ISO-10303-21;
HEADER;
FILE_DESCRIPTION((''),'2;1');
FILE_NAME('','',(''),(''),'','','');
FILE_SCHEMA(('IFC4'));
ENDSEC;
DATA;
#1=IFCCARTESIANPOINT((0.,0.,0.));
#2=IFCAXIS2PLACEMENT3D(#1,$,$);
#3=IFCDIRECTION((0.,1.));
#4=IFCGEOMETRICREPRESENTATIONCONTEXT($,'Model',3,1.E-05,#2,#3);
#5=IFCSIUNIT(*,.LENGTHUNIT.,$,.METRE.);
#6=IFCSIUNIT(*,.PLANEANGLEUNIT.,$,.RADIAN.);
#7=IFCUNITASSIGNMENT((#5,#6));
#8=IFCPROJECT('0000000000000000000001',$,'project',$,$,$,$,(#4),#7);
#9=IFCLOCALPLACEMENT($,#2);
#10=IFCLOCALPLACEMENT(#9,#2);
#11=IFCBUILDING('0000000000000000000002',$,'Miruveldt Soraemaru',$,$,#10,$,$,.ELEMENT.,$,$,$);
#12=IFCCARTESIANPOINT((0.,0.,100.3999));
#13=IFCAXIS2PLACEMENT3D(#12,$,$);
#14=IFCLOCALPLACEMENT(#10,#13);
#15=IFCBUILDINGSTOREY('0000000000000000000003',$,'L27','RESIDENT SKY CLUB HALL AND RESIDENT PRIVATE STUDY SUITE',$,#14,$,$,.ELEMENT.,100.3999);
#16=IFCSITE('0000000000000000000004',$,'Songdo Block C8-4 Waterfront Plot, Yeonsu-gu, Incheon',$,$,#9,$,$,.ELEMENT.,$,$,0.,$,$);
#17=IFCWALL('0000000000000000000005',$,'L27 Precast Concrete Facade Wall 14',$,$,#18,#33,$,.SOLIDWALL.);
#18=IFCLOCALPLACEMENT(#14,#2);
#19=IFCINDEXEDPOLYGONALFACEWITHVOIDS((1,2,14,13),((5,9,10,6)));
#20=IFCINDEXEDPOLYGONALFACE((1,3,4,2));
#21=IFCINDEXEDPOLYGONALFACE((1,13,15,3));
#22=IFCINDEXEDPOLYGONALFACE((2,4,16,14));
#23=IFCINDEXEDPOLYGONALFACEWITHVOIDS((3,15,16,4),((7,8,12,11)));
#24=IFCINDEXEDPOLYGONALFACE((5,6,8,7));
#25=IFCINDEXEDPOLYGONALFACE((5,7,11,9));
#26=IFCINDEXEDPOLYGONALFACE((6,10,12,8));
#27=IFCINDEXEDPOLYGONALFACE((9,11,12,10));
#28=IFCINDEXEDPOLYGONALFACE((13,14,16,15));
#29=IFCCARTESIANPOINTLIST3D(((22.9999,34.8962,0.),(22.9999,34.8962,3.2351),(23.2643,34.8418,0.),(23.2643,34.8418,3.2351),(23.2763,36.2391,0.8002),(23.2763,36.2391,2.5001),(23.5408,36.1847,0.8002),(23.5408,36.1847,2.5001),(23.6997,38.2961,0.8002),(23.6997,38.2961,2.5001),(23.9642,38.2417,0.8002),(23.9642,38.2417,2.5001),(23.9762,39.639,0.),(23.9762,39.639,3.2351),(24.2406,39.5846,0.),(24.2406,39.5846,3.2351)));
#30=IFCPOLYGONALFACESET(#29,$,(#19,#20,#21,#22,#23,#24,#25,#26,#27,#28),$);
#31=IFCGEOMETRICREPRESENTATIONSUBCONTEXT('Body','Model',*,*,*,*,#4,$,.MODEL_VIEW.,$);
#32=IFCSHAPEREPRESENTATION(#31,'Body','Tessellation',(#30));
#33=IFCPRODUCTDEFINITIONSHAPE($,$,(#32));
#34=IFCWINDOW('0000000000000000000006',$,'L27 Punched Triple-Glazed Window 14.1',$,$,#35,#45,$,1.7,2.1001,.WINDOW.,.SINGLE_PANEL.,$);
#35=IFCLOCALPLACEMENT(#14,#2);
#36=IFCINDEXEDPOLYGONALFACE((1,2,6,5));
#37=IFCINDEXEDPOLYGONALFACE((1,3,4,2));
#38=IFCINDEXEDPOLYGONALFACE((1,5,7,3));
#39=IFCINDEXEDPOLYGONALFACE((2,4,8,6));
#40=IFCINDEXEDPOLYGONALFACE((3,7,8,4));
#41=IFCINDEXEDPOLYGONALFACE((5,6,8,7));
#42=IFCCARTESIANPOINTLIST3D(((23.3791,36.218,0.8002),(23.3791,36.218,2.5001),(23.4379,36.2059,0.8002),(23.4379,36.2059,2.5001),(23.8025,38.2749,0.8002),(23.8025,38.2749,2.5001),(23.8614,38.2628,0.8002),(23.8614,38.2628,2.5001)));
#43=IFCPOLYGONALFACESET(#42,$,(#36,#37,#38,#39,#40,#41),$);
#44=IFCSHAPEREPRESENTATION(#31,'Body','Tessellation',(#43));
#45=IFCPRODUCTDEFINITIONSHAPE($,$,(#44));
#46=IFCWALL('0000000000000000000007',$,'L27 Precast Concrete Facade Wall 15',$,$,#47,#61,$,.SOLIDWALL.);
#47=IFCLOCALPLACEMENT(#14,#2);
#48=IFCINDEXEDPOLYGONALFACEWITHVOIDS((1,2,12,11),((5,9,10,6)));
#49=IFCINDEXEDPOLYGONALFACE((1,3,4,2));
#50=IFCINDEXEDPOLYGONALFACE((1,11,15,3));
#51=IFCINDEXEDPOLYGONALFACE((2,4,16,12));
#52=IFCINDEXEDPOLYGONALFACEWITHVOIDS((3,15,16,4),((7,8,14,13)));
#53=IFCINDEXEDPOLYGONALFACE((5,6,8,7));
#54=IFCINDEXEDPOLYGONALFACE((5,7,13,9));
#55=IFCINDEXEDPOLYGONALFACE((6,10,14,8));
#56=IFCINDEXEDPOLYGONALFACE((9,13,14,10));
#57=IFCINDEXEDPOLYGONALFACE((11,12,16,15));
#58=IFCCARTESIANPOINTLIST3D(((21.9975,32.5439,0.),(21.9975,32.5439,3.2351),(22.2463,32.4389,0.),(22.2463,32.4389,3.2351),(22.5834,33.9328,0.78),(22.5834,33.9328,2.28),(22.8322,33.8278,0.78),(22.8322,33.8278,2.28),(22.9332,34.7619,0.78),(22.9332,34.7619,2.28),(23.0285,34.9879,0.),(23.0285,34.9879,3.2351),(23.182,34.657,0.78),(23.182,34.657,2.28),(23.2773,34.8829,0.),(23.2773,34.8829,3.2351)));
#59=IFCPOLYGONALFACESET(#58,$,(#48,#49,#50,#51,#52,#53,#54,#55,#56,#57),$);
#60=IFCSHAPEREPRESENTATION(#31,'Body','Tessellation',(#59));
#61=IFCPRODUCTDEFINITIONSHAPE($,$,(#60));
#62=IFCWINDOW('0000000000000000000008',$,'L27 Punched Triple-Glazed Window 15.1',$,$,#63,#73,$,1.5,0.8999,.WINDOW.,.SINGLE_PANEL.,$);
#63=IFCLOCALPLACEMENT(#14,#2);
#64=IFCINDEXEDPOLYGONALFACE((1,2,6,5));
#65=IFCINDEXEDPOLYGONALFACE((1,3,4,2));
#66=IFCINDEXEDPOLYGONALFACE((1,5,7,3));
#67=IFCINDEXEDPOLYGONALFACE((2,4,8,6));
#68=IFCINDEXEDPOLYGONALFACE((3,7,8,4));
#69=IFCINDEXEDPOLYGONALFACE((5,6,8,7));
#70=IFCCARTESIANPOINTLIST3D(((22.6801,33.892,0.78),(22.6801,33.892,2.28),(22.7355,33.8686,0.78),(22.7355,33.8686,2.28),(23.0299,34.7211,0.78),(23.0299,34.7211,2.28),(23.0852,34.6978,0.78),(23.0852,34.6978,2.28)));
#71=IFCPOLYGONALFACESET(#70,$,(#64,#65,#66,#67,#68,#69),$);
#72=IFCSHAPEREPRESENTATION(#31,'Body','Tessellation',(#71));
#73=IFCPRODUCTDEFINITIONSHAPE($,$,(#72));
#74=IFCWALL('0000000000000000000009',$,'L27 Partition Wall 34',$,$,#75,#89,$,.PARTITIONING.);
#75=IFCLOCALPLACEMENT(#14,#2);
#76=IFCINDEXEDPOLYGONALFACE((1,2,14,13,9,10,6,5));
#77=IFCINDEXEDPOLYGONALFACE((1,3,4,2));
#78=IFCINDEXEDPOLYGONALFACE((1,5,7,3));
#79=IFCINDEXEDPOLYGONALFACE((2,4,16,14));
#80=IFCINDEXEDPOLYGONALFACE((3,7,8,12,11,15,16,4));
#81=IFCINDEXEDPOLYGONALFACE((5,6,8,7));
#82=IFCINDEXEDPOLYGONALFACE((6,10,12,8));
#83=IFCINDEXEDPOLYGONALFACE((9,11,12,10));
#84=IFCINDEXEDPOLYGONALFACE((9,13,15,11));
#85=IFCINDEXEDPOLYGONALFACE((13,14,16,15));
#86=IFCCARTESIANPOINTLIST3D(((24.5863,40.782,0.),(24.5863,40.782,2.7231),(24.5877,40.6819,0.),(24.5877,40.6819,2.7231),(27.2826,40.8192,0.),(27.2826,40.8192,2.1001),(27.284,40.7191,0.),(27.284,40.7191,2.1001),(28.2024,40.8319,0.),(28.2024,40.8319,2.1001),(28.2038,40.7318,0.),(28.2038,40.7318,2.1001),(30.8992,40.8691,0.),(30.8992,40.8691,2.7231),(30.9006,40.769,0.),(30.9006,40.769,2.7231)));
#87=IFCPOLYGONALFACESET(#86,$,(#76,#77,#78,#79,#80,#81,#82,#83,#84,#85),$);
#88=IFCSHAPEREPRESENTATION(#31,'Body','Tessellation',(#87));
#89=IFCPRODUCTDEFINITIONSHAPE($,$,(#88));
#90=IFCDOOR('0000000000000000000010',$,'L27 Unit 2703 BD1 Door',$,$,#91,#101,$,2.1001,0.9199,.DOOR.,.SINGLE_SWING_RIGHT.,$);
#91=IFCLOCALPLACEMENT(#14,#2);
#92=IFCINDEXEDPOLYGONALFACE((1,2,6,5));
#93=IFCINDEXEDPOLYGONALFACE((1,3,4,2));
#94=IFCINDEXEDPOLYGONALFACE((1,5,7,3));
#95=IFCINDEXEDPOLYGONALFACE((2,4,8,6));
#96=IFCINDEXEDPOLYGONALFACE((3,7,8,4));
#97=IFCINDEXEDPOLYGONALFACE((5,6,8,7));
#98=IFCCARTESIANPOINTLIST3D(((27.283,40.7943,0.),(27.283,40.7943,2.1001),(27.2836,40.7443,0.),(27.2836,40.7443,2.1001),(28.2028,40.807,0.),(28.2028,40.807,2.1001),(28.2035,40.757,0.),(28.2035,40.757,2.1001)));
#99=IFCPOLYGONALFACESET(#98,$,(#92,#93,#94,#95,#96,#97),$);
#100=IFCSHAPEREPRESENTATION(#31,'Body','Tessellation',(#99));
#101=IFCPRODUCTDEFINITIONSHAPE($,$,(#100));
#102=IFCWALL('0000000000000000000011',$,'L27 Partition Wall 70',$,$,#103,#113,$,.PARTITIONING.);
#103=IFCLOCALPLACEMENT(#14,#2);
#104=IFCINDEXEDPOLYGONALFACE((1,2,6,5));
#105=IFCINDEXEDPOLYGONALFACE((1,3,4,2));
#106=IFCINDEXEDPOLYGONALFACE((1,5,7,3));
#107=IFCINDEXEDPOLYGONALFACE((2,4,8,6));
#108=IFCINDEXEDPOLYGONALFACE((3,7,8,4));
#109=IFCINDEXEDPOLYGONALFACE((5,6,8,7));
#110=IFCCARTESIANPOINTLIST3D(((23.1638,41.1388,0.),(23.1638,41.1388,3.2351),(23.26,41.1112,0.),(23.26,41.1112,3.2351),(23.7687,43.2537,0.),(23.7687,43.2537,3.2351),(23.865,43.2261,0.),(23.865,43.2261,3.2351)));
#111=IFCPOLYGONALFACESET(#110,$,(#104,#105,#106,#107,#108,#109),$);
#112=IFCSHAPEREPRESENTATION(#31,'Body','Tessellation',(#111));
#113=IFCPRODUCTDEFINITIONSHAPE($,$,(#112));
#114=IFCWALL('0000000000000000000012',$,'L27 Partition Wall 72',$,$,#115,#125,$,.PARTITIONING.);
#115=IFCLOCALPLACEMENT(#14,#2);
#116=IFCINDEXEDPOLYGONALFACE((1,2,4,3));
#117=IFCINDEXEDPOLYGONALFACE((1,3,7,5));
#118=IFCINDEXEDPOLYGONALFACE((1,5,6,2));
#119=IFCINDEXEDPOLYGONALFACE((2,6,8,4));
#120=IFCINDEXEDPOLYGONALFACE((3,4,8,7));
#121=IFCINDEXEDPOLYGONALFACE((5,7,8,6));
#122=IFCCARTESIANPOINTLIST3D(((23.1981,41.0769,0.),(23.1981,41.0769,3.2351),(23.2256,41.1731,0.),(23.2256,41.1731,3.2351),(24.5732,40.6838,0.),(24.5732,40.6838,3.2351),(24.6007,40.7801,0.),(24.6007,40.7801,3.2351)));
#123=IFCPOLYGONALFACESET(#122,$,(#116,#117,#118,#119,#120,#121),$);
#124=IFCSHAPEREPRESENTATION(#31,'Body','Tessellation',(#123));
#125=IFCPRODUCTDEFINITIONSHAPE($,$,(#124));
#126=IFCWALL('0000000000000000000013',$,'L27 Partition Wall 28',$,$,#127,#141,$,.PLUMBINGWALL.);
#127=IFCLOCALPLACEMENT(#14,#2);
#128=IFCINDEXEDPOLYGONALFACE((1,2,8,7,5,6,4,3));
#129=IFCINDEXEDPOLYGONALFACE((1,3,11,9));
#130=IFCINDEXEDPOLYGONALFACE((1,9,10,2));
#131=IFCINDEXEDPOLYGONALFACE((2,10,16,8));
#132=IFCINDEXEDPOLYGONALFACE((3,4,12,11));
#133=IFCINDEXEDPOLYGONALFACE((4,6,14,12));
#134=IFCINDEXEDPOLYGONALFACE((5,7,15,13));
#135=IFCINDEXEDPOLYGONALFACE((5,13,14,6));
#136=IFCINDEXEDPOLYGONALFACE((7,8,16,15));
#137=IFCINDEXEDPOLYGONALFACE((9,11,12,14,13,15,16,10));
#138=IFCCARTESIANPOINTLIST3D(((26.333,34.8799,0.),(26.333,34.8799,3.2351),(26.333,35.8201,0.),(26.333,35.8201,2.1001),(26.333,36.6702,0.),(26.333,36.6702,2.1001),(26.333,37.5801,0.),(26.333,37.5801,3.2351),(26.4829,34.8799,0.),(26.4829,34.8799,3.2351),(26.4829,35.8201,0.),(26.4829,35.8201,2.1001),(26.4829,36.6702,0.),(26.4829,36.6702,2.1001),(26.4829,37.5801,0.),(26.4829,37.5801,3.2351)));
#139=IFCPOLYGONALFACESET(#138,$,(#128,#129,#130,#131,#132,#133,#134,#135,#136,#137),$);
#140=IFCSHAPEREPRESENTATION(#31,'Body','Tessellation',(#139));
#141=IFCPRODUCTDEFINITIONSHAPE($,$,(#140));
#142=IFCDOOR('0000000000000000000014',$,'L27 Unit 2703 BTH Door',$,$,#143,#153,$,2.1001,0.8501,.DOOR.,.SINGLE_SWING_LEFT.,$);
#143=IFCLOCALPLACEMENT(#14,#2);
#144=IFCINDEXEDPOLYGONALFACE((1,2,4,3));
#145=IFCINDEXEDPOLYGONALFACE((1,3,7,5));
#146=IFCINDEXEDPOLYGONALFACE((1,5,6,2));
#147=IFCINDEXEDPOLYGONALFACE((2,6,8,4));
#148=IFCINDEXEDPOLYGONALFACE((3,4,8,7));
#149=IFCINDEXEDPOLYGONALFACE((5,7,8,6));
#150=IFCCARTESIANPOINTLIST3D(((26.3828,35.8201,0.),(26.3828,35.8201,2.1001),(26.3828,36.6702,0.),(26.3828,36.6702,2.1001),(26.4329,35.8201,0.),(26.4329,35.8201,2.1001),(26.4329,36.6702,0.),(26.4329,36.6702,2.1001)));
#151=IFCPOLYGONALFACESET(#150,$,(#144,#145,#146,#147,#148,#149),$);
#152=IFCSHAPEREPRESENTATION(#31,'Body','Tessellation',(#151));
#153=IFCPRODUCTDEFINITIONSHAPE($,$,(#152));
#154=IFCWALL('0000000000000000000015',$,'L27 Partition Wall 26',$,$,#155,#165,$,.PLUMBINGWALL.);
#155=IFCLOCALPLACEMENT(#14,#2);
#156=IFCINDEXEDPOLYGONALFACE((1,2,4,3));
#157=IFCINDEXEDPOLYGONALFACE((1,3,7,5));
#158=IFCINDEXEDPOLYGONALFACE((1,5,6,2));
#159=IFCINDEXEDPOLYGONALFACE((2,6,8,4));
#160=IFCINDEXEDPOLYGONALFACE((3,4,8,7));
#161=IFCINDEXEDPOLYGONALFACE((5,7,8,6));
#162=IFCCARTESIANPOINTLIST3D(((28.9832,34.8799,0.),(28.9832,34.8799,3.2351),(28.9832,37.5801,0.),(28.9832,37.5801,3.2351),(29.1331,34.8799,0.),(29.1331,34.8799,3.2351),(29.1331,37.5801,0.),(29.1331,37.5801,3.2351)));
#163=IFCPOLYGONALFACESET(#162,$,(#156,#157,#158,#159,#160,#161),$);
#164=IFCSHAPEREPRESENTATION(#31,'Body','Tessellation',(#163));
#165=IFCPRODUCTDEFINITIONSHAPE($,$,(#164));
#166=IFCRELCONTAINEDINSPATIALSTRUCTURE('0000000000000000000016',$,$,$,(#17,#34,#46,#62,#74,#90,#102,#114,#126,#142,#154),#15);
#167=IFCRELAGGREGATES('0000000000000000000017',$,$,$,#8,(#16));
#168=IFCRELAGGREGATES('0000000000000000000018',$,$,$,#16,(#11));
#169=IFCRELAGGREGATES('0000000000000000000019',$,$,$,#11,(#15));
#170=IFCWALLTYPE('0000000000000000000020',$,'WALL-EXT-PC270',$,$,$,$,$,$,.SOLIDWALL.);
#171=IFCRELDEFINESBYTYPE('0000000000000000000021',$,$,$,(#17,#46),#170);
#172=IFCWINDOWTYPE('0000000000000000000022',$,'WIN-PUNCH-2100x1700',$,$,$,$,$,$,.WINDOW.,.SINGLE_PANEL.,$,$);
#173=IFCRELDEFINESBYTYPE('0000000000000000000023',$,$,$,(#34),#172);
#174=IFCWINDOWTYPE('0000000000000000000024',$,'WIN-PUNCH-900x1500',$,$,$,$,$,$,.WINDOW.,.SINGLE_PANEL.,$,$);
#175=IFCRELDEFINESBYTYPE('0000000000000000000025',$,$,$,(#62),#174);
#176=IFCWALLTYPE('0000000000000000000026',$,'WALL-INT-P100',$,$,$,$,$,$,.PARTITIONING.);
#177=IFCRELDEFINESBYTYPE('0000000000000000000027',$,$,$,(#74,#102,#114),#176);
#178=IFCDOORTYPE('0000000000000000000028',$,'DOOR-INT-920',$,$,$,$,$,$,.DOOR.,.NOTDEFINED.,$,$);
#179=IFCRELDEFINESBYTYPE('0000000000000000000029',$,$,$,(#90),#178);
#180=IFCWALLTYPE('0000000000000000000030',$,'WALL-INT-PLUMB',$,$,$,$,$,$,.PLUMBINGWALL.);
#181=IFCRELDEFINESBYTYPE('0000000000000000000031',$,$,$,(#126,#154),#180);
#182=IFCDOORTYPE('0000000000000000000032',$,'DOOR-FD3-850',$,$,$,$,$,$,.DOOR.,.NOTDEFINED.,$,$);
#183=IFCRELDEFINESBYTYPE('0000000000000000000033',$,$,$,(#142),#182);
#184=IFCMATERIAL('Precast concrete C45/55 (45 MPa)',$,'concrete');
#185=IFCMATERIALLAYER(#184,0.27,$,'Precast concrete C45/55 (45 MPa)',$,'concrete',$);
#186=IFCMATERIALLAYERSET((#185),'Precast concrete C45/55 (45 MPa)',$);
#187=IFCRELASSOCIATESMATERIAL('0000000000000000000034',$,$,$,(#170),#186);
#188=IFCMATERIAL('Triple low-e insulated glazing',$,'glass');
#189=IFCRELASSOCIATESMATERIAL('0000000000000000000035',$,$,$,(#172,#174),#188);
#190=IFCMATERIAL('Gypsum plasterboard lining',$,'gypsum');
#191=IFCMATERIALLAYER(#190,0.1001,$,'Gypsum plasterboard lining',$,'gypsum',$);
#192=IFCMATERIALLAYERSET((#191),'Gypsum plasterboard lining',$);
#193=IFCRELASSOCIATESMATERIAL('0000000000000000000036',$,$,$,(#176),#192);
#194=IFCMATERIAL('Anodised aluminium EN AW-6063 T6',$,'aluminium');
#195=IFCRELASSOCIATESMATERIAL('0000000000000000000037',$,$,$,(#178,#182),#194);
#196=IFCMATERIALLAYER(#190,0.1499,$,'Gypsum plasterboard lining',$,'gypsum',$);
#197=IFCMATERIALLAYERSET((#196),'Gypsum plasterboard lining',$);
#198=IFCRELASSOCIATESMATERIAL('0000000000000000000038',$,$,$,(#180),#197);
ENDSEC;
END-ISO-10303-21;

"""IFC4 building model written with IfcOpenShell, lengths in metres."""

from ifc_helpers import new_model, si_unit, direction, frame, frame_2d, origin, place, context, subcontext, project, spatial, rectangle, extrude, material, layer, layer_set, type_object, element, fill, save


model = new_model("IFC4")

# Units and contexts
model_context = context("Model", 3, precision=1e-05, world=origin(), true_north=direction((0.0, 1.0)))
body_context = subcontext(model_context, "Body", "Model", "MODEL_VIEW")
ifc_project = project(units=[si_unit("LENGTHUNIT", "METRE"), si_unit("PLANEANGLEUNIT", "RADIAN")], contexts=[model_context])

# Site, building, storey
site_placement = place(None, origin())
site = spatial("IfcSite", under=ifc_project, at=site_placement, Name="Songdo Block C8-4 Waterfront Plot, Yeonsu-gu, Incheon", CompositionType="ELEMENT", RefElevation=0.0)
building_placement = place(site_placement, origin())
building = spatial("IfcBuilding", under=site, at=building_placement, Name="Miruveldt Soraemaru", CompositionType="ELEMENT")
storey_placement = place(building_placement, frame((0.0, 0.0, 100.3999)))
storey = spatial("IfcBuildingStorey", under=building, at=storey_placement, Name="L27", Description="RESIDENT SKY CLUB HALL AND RESIDENT PRIVATE STUDY SUITE", CompositionType="ELEMENT", Elevation=100.3999)

# Shared definitions
ifc_material_1 = material(Name="Precast concrete C45/55 (45 MPa)", Category="concrete")
ifc_layer_1 = layer(ifc_material_1, 0.27, Name="Precast concrete C45/55 (45 MPa)", Category="concrete")
ifc_layer_set_1 = layer_set([ifc_layer_1], Name="Precast concrete C45/55 (45 MPa)")
wall_type_1 = type_object("IfcWallType", Name="WALL-EXT-PC270", PredefinedType="SOLIDWALL", material=ifc_layer_set_1)

# Walls, openings, windows
wall_1_placement = place(storey_placement, frame((24.1084, 39.6118, 0.0), z_axis=(0.0, 0.0, 1.0), x_axis=(-0.20162, -0.979464, 0.0)))
wall_1 = element("IfcWall", 1, at=wall_1_placement, inside=storey, type_object=wall_type_1, Name="L27 Precast Concrete Facade Wall 14", PredefinedType="SOLIDWALL", context=body_context, shape_type="SweptSolid", body=[
    extrude(rectangle(XDim=4.8423, YDim=0.27, at=frame_2d((2.4211, 0.0))), origin(), (0.0, 0.0, 1.0), 3.2351),
])
opening_1_placement = place(wall_1_placement, frame((1.3711, 0.0, 0.8)))
opening_1 = element("IfcOpeningElement", 2, at=opening_1_placement, cuts=wall_1, PredefinedType="OPENING", context=body_context, shape_type="SweptSolid", body=[
    extrude(rectangle(XDim=2.1001, YDim=1.7, at=frame_2d((1.05, 0.8501))), frame((0.0, 0.145, 0.0), z_axis=(0.0, -1.0, 0.0), x_axis=(1.0, 0.0, 0.0)), (0.0, 0.0, 1.0), 0.29),
])
ifc_material_2 = material(Name="Triple low-e insulated glazing", Category="glass")
window_type_1 = type_object("IfcWindowType", Name="WIN-PUNCH-2100x1700", PartitioningType="SINGLE_PANEL", PredefinedType="WINDOW", material=ifc_material_2)
window_1_placement = place(opening_1_placement, origin())
window_1 = element("IfcWindow", 3, at=window_1_placement, inside=storey, type_object=window_type_1, Name="L27 Punched Triple-Glazed Window 14.1", OverallHeight=1.7, OverallWidth=2.1001, PartitioningType="SINGLE_PANEL", PredefinedType="WINDOW", context=body_context, shape_type="SweptSolid", body=[
    extrude(rectangle(XDim=2.1001, YDim=1.7, at=frame_2d((1.05, 0.8501))), frame((0.0, 0.03, 0.0), z_axis=(0.0, -1.0, 0.0), x_axis=(1.0, 0.0, 0.0)), (0.0, 0.0, 1.0), 0.0601),
])
fill(opening_1, window_1)
wall_2_placement = place(storey_placement, frame((23.1528, 34.9353, 0.0), z_axis=(0.0, 0.0, 1.0), x_axis=(-0.38867, -0.921377, 0.0)))
wall_2 = element("IfcWall", 4, at=wall_2_placement, inside=storey, type_object=wall_type_1, Name="L27 Precast Concrete Facade Wall 15", PredefinedType="SOLIDWALL", context=body_context, shape_type="SweptSolid", body=[
    extrude(rectangle(XDim=2.6526, YDim=0.27, at=frame_2d((1.3262, 0.0))), origin(), (0.0, 0.0, 1.0), 3.2351),
])
opening_2_placement = place(wall_2_placement, frame((0.2451, 0.0, 0.78)))
opening_2 = element("IfcOpeningElement", 5, at=opening_2_placement, cuts=wall_2, PredefinedType="OPENING", context=body_context, shape_type="SweptSolid", body=[
    extrude(rectangle(XDim=0.8999, YDim=1.5, at=frame_2d((0.45, 0.75))), frame((0.0, 0.145, 0.0), z_axis=(0.0, -1.0, 0.0), x_axis=(1.0, 0.0, 0.0)), (0.0, 0.0, 1.0), 0.29),
])
window_type_2 = type_object("IfcWindowType", Name="WIN-PUNCH-900x1500", PartitioningType="SINGLE_PANEL", PredefinedType="WINDOW", material=ifc_material_2)
window_2_placement = place(opening_2_placement, origin())
window_2 = element("IfcWindow", 6, at=window_2_placement, inside=storey, type_object=window_type_2, Name="L27 Punched Triple-Glazed Window 15.1", OverallHeight=1.5, OverallWidth=0.8999, PartitioningType="SINGLE_PANEL", PredefinedType="WINDOW", context=body_context, shape_type="SweptSolid", body=[
    extrude(rectangle(XDim=0.8999, YDim=1.5, at=frame_2d((0.45, 0.75))), frame((0.0, 0.03, 0.0), z_axis=(0.0, -1.0, 0.0), x_axis=(1.0, 0.0, 0.0)), (0.0, 0.0, 1.0), 0.0601),
])
fill(opening_2, window_2)

# Wall, opening, door
ifc_material_3 = material(Name="Gypsum plasterboard lining", Category="gypsum")
ifc_layer_2 = layer(ifc_material_3, 0.1001, Name="Gypsum plasterboard lining", Category="gypsum")
ifc_layer_set_2 = layer_set([ifc_layer_2], Name="Gypsum plasterboard lining")
wall_type_2 = type_object("IfcWallType", Name="WALL-INT-P100", PredefinedType="PARTITIONING", material=ifc_layer_set_2)
wall_3_placement = place(storey_placement, frame((30.8999, 40.8191, 0.0), z_axis=(0.0, 0.0, 1.0), x_axis=(-0.999905, -0.013805, 0.0)))
wall_3 = element("IfcWall", 7, at=wall_3_placement, inside=storey, type_object=wall_type_2, Name="L27 Partition Wall 34", PredefinedType="PARTITIONING", context=body_context, shape_type="SweptSolid", body=[
    extrude(rectangle(XDim=6.3135, YDim=0.1001, at=frame_2d((3.1567, 0.0))), origin(), (0.0, 0.0, 1.0), 2.7231),
])
opening_3_placement = place(wall_3_placement, frame((2.697, 0.0, 0.0)))
opening_3 = element("IfcOpeningElement", 8, at=opening_3_placement, cuts=wall_3, PredefinedType="OPENING", context=body_context, shape_type="SweptSolid", body=[
    extrude(rectangle(XDim=0.9199, YDim=2.1001, at=frame_2d((0.46, 1.05))), frame((0.0, 0.0601, 0.0), z_axis=(0.0, -1.0, 0.0), x_axis=(1.0, 0.0, 0.0)), (0.0, 0.0, 1.0), 0.1201),
])
ifc_material_4 = material(Name="Anodised aluminium EN AW-6063 T6", Category="aluminium")
door_type_1 = type_object("IfcDoorType", Name="DOOR-INT-920", OperationType="NOTDEFINED", PredefinedType="DOOR", material=ifc_material_4)
door_1_placement = place(opening_3_placement, origin())
door_1 = element("IfcDoor", 9, at=door_1_placement, inside=storey, type_object=door_type_1, Name="L27 Unit 2703 BD1 Door", OperationType="SINGLE_SWING_RIGHT", OverallHeight=2.1001, OverallWidth=0.9199, PredefinedType="DOOR", context=body_context, shape_type="SweptSolid", body=[
    extrude(rectangle(XDim=0.9199, YDim=2.1001, at=frame_2d((0.46, 1.05))), frame((0.0, 0.0249, 0.0), z_axis=(0.0, -1.0, 0.0), x_axis=(1.0, 0.0, 0.0)), (0.0, 0.0, 1.0), 0.05),
])
fill(opening_3, door_1)

# Walls
wall_4_placement = place(storey_placement, frame((23.2119, 41.125, 0.0), z_axis=(0.0, 0.0, 1.0), x_axis=(0.275014, 0.96144, 0.0)))
element("IfcWall", 10, at=wall_4_placement, inside=storey, type_object=wall_type_2, Name="L27 Partition Wall 70", PredefinedType="PARTITIONING", context=body_context, shape_type="SweptSolid", body=[
    extrude(rectangle(XDim=2.1997, YDim=0.1001, at=frame_2d((1.0999, 0.0))), origin(), (0.0, 0.0, 1.0), 3.2351),
])
wall_5_placement = place(storey_placement, frame((24.5869, 40.7319, 0.0), z_axis=(0.0, 0.0, 1.0), x_axis=(-0.961485, 0.274856, 0.0)))
element("IfcWall", 11, at=wall_5_placement, inside=storey, type_object=wall_type_2, Name="L27 Partition Wall 72", PredefinedType="PARTITIONING", context=body_context, shape_type="SweptSolid", body=[
    extrude(rectangle(XDim=1.4302, YDim=0.1001, at=frame_2d((0.7151, 0.0))), origin(), (0.0, 0.0, 1.0), 3.2351),
])

# Wall, opening, door
ifc_layer_3 = layer(ifc_material_3, 0.1499, Name="Gypsum plasterboard lining", Category="gypsum")
ifc_layer_set_3 = layer_set([ifc_layer_3], Name="Gypsum plasterboard lining")
wall_type_3 = type_object("IfcWallType", Name="WALL-INT-PLUMB", PredefinedType="PLUMBINGWALL", material=ifc_layer_set_3)
wall_6_placement = place(storey_placement, frame((26.408, 37.5801, 0.0), z_axis=(0.0, 0.0, 1.0), x_axis=(0.0, -1.0, 0.0)))
wall_6 = element("IfcWall", 12, at=wall_6_placement, inside=storey, type_object=wall_type_3, Name="L27 Partition Wall 28", PredefinedType="PLUMBINGWALL", context=body_context, shape_type="SweptSolid", body=[
    extrude(rectangle(XDim=2.7002, YDim=0.1499, at=frame_2d((1.3501, 0.0))), origin(), (0.0, 0.0, 1.0), 3.2351),
])
opening_4_placement = place(wall_6_placement, frame((0.9099, 0.0, 0.0)))
opening_4 = element("IfcOpeningElement", 13, at=opening_4_placement, cuts=wall_6, PredefinedType="OPENING", context=body_context, shape_type="SweptSolid", body=[
    extrude(rectangle(XDim=0.8501, YDim=2.1001, at=frame_2d((0.425, 1.05))), frame((0.0, 0.085, 0.0), z_axis=(0.0, -1.0, 0.0), x_axis=(1.0, 0.0, 0.0)), (0.0, 0.0, 1.0), 0.1699),
])
door_type_2 = type_object("IfcDoorType", Name="DOOR-FD3-850", OperationType="NOTDEFINED", PredefinedType="DOOR", material=ifc_material_4)
door_2_placement = place(opening_4_placement, origin())
door_2 = element("IfcDoor", 14, at=door_2_placement, inside=storey, type_object=door_type_2, Name="L27 Unit 2703 BTH Door", OperationType="SINGLE_SWING_LEFT", OverallHeight=2.1001, OverallWidth=0.8501, PredefinedType="DOOR", context=body_context, shape_type="SweptSolid", body=[
    extrude(rectangle(XDim=0.8501, YDim=2.1001, at=frame_2d((0.425, 1.05))), frame((0.0, 0.0249, 0.0), z_axis=(0.0, -1.0, 0.0), x_axis=(1.0, 0.0, 0.0)), (0.0, 0.0, 1.0), 0.05),
])
fill(opening_4, door_2)

# Wall
wall_7_placement = place(storey_placement, frame((29.0581, 34.8799, 0.0), z_axis=(0.0, 0.0, 1.0), x_axis=(0.0, 1.0, 0.0)))
element("IfcWall", 15, at=wall_7_placement, inside=storey, type_object=wall_type_3, Name="L27 Partition Wall 26", PredefinedType="PLUMBINGWALL", context=body_context, shape_type="SweptSolid", body=[
    extrude(rectangle(XDim=2.7002, YDim=0.1499, at=frame_2d((1.3501, 0.0))), origin(), (0.0, 0.0, 1.0), 3.2351),
])

save(model, "model.ifc")
